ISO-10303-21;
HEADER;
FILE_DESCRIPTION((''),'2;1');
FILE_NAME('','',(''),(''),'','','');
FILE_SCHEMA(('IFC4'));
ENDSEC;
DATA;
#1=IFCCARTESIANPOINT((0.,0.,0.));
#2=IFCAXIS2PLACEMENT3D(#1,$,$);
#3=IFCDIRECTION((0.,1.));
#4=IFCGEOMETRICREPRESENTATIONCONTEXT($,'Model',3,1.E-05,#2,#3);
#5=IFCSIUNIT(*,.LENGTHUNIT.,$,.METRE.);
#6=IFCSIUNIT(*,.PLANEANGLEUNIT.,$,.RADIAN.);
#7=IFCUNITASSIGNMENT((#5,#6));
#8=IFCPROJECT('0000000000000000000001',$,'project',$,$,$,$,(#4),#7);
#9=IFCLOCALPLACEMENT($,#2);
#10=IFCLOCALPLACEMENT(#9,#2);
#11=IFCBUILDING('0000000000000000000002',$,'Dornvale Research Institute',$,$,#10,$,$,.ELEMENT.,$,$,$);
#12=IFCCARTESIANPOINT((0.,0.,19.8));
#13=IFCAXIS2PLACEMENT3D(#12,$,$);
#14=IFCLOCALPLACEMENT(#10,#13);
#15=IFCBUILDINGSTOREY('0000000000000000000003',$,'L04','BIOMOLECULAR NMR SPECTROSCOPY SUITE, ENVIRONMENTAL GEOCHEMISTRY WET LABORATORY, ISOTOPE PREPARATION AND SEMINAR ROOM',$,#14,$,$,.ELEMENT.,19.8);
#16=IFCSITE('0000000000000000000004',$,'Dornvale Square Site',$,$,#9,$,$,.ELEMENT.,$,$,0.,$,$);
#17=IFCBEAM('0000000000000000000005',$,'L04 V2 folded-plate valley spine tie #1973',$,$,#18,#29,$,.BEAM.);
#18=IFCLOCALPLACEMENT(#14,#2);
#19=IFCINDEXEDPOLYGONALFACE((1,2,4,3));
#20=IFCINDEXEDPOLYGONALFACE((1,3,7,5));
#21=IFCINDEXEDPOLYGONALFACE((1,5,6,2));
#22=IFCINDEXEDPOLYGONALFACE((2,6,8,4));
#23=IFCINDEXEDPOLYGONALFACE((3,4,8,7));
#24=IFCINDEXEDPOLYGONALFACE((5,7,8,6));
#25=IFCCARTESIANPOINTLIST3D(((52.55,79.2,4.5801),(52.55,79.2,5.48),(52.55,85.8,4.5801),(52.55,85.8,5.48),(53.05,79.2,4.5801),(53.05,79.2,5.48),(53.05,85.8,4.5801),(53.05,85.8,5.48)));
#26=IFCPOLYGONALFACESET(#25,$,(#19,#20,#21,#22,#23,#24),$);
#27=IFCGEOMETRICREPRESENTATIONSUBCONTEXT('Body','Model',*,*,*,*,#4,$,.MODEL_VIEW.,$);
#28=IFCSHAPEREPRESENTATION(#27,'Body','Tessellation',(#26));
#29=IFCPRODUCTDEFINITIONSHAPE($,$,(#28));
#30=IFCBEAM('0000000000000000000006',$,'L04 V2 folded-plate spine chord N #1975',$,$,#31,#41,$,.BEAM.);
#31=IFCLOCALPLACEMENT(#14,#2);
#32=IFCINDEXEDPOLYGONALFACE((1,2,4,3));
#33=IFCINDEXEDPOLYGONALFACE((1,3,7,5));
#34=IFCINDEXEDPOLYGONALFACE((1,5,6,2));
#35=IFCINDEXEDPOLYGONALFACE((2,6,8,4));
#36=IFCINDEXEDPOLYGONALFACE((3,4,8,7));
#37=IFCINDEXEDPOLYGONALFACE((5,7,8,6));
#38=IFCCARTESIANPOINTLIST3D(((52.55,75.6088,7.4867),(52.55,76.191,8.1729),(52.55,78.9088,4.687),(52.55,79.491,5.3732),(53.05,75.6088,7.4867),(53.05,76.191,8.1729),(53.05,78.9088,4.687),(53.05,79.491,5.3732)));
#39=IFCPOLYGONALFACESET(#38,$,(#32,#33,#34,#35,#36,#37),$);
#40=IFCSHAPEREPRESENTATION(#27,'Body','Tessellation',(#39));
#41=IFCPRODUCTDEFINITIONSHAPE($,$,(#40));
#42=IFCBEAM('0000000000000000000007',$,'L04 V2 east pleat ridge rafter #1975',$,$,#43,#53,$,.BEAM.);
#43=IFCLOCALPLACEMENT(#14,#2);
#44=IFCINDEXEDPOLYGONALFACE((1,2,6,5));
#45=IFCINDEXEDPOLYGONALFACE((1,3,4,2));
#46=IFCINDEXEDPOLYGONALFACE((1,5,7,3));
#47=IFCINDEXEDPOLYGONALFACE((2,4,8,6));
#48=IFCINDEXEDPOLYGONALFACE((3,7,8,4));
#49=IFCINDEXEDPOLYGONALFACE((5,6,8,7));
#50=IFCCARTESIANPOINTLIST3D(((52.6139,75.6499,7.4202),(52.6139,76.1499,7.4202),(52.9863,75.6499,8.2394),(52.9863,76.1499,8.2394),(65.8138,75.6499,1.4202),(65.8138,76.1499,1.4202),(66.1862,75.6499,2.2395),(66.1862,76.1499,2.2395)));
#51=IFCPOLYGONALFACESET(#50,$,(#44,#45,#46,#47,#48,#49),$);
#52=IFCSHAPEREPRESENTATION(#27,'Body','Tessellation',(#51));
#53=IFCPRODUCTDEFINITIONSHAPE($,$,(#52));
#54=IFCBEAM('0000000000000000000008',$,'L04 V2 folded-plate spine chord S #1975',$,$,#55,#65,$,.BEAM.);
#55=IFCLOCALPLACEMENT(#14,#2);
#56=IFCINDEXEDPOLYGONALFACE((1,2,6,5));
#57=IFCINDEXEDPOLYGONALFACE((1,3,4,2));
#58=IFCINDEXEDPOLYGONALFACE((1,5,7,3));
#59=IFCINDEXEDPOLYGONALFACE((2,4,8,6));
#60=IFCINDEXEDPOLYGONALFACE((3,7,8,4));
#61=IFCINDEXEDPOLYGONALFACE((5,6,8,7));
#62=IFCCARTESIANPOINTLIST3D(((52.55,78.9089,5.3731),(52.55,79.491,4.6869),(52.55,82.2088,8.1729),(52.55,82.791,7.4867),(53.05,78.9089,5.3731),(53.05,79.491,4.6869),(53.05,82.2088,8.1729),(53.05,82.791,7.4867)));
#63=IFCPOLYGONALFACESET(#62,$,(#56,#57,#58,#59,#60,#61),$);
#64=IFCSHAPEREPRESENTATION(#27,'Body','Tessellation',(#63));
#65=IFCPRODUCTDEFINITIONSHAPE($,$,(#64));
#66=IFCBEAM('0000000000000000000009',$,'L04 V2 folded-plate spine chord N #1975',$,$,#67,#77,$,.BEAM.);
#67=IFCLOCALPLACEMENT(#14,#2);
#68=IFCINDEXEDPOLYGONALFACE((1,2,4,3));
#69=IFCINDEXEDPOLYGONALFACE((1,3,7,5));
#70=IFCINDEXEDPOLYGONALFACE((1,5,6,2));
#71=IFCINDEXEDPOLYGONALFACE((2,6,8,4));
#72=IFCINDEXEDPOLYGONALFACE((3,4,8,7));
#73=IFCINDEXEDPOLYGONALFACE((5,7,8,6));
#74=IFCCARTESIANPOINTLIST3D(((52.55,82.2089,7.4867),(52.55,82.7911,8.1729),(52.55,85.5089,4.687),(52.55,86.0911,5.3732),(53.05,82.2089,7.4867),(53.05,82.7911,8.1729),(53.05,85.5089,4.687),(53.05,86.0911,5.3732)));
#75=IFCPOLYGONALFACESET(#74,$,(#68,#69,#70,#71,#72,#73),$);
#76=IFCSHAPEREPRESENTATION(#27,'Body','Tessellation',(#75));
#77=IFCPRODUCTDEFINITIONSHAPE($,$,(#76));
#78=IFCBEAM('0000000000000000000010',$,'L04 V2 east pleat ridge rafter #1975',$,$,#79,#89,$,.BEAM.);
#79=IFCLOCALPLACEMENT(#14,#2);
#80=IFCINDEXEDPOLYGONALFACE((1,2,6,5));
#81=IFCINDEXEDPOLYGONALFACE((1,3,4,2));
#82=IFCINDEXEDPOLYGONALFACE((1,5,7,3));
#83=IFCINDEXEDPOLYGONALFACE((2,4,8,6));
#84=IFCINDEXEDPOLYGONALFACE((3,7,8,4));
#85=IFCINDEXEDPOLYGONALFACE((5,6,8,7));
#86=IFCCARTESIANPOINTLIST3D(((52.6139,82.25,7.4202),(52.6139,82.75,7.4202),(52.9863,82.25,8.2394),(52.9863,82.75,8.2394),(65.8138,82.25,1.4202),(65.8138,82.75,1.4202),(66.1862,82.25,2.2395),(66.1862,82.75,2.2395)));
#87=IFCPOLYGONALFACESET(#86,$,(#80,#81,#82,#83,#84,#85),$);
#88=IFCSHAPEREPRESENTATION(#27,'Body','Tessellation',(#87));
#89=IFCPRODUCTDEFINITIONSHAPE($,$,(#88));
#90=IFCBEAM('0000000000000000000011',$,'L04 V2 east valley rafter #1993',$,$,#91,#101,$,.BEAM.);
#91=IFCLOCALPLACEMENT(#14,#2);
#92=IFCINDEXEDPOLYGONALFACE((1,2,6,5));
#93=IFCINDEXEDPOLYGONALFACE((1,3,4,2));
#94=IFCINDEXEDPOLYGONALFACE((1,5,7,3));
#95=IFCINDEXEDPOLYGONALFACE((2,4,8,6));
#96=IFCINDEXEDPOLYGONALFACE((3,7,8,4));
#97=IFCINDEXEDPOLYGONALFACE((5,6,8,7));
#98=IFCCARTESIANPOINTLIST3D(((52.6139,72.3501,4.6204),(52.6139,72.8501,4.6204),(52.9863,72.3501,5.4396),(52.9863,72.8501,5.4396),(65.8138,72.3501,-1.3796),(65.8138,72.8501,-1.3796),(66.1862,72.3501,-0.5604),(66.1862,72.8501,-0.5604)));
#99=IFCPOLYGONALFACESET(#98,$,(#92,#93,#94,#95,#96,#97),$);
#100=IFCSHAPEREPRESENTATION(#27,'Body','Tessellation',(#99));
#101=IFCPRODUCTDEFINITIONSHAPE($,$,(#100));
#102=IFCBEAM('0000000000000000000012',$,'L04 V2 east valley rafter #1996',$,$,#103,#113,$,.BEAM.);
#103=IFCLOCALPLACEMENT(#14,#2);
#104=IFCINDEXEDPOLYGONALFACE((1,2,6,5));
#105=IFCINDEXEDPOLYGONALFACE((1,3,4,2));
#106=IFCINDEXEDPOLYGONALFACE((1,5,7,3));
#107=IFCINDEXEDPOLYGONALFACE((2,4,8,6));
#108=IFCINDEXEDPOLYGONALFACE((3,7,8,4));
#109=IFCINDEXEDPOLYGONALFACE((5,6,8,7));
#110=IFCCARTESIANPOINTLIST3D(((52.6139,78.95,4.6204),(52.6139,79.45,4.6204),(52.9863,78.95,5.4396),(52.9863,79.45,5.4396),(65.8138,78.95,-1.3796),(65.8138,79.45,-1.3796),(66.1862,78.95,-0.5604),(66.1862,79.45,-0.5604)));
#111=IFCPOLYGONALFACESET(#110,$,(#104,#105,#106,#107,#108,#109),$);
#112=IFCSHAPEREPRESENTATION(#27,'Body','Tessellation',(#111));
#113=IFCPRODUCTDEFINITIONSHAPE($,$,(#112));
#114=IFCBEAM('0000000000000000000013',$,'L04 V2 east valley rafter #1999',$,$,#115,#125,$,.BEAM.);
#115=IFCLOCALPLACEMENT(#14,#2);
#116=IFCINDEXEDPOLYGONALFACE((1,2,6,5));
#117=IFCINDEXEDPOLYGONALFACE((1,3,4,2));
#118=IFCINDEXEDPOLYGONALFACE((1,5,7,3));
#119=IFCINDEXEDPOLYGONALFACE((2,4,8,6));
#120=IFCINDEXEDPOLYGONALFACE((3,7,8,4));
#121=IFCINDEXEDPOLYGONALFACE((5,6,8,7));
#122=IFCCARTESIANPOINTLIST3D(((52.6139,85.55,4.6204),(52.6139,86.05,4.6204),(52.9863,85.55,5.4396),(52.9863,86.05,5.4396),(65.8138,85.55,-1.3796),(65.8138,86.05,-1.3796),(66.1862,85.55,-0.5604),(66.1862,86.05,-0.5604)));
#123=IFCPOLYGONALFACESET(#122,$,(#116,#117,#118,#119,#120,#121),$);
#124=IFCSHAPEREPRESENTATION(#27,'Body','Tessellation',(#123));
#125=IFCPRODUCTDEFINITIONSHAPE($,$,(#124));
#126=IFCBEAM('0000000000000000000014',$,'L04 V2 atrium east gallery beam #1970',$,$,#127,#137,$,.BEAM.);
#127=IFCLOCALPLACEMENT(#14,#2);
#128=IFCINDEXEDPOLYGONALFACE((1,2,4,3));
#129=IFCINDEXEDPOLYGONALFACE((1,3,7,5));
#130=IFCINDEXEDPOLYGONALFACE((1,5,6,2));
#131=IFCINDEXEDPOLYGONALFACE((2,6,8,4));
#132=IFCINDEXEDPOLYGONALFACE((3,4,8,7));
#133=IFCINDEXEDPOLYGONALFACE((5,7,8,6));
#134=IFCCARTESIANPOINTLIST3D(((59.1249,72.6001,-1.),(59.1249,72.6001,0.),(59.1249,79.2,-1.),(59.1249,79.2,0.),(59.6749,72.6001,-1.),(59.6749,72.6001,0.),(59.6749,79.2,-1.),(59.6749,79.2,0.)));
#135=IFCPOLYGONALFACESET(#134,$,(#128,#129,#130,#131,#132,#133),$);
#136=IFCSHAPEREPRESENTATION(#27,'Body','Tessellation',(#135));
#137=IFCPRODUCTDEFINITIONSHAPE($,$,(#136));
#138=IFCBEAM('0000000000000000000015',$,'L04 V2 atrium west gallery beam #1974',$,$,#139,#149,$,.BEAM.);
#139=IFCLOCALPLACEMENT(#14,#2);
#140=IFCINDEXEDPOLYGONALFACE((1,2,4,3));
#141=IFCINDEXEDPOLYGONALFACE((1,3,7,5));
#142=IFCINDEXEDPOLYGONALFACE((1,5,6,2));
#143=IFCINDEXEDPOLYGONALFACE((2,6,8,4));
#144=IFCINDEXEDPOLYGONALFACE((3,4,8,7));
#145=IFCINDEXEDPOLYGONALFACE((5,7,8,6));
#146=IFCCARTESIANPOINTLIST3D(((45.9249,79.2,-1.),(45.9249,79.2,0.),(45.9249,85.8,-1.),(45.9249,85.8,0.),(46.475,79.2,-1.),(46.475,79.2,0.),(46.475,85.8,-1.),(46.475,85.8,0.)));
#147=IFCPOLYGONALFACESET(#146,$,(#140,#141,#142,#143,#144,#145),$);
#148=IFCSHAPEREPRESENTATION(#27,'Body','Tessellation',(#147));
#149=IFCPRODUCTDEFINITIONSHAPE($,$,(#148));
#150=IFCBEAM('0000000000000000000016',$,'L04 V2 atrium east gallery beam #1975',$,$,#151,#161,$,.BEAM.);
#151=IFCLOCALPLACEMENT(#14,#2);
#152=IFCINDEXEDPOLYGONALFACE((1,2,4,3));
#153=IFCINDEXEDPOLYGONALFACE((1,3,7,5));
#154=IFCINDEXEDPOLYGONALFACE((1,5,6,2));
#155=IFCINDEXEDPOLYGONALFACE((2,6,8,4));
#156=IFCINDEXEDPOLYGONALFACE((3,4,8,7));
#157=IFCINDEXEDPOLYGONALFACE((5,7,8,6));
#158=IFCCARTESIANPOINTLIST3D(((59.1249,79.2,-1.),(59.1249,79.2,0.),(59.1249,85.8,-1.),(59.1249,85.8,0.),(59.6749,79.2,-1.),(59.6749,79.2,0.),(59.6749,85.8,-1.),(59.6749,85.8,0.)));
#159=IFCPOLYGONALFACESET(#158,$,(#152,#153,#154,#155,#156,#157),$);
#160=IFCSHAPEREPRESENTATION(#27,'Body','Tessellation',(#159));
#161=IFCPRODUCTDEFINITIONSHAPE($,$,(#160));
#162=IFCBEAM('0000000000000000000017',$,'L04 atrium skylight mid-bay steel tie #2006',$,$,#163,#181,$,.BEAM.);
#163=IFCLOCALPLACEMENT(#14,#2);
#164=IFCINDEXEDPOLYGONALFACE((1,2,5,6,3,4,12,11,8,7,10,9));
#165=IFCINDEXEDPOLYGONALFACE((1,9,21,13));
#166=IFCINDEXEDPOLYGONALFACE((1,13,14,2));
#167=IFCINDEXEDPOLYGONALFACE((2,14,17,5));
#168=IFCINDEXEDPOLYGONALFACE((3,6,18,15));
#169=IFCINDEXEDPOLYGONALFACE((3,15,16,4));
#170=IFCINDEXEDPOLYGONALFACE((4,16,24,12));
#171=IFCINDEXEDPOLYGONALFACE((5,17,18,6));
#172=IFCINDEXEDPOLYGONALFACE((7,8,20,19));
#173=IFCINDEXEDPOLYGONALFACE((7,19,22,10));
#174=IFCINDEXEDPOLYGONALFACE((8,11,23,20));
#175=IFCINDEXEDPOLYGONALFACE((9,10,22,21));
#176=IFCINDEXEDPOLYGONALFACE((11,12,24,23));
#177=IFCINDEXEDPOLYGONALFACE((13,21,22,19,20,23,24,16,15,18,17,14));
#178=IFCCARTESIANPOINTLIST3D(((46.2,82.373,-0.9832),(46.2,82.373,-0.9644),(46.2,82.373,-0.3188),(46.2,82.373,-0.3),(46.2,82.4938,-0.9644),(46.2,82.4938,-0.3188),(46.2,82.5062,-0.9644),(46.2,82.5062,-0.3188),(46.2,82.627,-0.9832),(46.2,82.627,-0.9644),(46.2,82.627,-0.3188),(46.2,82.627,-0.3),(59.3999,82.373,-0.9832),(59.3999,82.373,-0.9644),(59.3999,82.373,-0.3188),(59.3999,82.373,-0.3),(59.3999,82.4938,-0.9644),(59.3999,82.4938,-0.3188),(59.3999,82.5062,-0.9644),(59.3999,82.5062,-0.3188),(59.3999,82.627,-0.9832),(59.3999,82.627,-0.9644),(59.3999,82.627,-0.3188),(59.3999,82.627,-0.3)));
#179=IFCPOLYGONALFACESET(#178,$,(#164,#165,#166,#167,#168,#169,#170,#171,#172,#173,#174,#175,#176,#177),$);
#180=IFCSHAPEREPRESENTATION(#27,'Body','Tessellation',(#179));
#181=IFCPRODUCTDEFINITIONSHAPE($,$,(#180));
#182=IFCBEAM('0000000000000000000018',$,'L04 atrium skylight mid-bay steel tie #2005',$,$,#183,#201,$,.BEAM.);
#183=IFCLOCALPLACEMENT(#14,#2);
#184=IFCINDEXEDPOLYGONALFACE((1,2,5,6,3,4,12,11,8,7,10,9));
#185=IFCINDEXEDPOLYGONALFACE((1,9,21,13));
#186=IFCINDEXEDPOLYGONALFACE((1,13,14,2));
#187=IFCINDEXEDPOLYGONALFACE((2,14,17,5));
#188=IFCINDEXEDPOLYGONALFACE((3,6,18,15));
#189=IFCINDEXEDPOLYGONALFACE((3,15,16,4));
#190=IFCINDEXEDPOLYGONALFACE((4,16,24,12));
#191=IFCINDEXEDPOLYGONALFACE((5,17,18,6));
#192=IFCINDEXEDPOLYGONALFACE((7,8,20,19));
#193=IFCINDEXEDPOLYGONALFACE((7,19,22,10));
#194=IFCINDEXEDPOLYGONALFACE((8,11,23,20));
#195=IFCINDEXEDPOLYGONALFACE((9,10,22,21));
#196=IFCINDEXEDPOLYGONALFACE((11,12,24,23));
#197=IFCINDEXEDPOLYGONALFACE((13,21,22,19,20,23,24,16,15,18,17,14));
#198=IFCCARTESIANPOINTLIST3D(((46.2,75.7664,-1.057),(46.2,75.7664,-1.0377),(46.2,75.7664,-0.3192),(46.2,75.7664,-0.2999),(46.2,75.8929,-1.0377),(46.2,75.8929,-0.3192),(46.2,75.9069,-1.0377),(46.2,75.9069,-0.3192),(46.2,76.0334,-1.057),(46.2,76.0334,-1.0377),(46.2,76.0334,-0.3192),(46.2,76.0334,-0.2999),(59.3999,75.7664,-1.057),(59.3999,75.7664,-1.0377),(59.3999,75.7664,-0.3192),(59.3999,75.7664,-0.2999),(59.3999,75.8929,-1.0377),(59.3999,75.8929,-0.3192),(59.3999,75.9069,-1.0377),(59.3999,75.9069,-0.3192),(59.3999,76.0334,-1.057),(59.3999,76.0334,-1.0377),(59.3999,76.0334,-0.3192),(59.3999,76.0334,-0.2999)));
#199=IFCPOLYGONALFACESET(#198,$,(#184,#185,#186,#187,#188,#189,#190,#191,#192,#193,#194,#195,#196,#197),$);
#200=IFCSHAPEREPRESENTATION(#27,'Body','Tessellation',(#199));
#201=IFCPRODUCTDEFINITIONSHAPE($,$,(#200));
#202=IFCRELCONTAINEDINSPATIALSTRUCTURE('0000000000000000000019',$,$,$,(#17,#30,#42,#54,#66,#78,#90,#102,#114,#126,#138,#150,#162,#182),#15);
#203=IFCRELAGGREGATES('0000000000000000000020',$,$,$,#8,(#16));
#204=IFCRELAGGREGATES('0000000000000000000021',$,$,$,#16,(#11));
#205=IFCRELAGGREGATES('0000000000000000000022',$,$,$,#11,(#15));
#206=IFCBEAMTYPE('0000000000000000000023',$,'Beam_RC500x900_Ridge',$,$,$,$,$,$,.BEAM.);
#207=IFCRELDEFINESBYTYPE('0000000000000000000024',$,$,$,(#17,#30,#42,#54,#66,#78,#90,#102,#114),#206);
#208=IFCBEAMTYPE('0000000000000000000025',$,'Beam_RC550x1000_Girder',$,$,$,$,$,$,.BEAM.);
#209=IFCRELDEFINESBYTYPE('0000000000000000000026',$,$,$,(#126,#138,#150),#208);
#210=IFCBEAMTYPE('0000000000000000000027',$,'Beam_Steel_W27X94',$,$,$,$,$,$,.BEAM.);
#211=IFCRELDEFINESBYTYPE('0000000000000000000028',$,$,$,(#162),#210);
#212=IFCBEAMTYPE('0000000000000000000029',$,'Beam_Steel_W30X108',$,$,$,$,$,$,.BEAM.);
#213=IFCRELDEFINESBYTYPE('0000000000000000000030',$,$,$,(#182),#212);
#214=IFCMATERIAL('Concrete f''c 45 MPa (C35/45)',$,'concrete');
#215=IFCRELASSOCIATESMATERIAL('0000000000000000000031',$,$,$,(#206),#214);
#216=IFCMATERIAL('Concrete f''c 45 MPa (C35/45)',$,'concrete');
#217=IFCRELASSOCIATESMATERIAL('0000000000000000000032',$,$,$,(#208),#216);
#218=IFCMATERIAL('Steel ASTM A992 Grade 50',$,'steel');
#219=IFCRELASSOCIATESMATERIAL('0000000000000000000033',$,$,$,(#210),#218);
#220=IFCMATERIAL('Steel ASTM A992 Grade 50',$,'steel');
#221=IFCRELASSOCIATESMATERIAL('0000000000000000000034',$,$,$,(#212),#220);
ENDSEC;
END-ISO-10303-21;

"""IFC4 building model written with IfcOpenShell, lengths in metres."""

from ifc_helpers import new_model, si_unit, direction, frame, origin, origin_2d, place, context, subcontext, project, spatial, rectangle, i_section, extrude, material, material_profile, profile_set, type_object, element, save


model = new_model("IFC4")

# Units and contexts
model_context = context("Model", 3, precision=1e-05, world=origin(), true_north=direction((0.0, 1.0)))
body_context = subcontext(model_context, "Body", "Model", "MODEL_VIEW")
ifc_project = project(units=[si_unit("LENGTHUNIT", "METRE"), si_unit("PLANEANGLEUNIT", "RADIAN")], contexts=[model_context])

# Site, building, storey
site_placement = place(None, origin())
site = spatial("IfcSite", under=ifc_project, at=site_placement, Name="Dornvale Square Site", CompositionType="ELEMENT", RefElevation=0.0)
building_placement = place(site_placement, origin())
building = spatial("IfcBuilding", under=site, at=building_placement, Name="Dornvale Research Institute", CompositionType="ELEMENT")
storey_placement = place(building_placement, frame((0.0, 0.0, 19.8)))
storey = spatial("IfcBuildingStorey", under=building, at=storey_placement, Name="L04", Description="BIOMOLECULAR NMR SPECTROSCOPY SUITE, ENVIRONMENTAL GEOCHEMISTRY WET LABORATORY, ISOTOPE PREPARATION AND SEMINAR ROOM", CompositionType="ELEMENT", Elevation=19.8)

# Beams
ifc_material_1 = material(Name="Concrete f'c 45 MPa (C35/45)", Category="concrete")
ifc_material_profile_1 = material_profile(ifc_material_1, rectangle(XDim=0.5, YDim=0.8999, at=origin_2d()), Name="RC 500x900")
ifc_profile_set_1 = profile_set([ifc_material_profile_1], Name="Concrete f'c 45 MPa (C35/45)")
beam_type_1 = type_object("IfcBeamType", Name="Beam_RC500x900_Ridge", PredefinedType="BEAM", material=ifc_profile_set_1)
beam_1_placement = place(storey_placement, frame((52.8, 79.2, 5.03), z_axis=(0.0, 1.0, 0.0), x_axis=(-1.0, 0.0, 0.0)))
element("IfcBeam", 1, at=beam_1_placement, inside=storey, type_object=beam_type_1, Name="L04 V2 folded-plate valley spine tie #1973", PredefinedType="BEAM", context=body_context, shape_type="SweptSolid", body=[
    extrude(rectangle(XDim=0.5, YDim=0.8999, at=origin_2d()), origin(), (0.0, 0.0, 1.0), 6.6001),
])
beam_2_placement = place(storey_placement, frame((52.8, 75.8999, 7.8298), z_axis=(0.0, 0.762536, -0.646946), x_axis=(-1.0, 0.0, 0.0)))
element("IfcBeam", 2, at=beam_2_placement, inside=storey, type_object=beam_type_1, Name="L04 V2 folded-plate spine chord N #1975", PredefinedType="BEAM", context=body_context, shape_type="SweptSolid", body=[
    extrude(rectangle(XDim=0.5, YDim=0.8999, at=origin_2d()), origin(), (0.0, 0.0, 1.0), 4.3276),
])
beam_3_placement = place(storey_placement, frame((66.0, 75.8999, 1.8298), z_axis=(-0.910366, 0.0, 0.413804), x_axis=(0.0, -1.0, 0.0)))
element("IfcBeam", 3, at=beam_3_placement, inside=storey, type_object=beam_type_1, Name="L04 V2 east pleat ridge rafter #1975", PredefinedType="BEAM", context=body_context, shape_type="SweptSolid", body=[
    extrude(rectangle(XDim=0.5, YDim=0.8999, at=origin_2d()), origin(), (0.0, 0.0, 1.0), 14.4995),
])
for number, where, z_axis, x_axis, name in (
    (4, (52.8, 79.2, 5.03), (0.0, 0.762536, 0.646946), (-1.0, 0.0, 0.0), "L04 V2 folded-plate spine chord S #1975"),
    (5, (52.8, 82.5, 7.8298), (0.0, 0.762536, -0.646946), (-1.0, 0.0, 0.0), "L04 V2 folded-plate spine chord N #1975"),
):
    element("IfcBeam", number, at=place(storey_placement, frame(where, z_axis=z_axis, x_axis=x_axis)), inside=storey, type_object=beam_type_1, Name=name, PredefinedType="BEAM", context=body_context, shape_type="SweptSolid", body=[
        extrude(rectangle(XDim=0.5, YDim=0.8999, at=origin_2d()), origin(), (0.0, 0.0, 1.0), 4.3276),
    ])
for number, where, z_axis, x_axis, name in (
    (6, (66.0, 82.5, 1.8298), (-0.910366, 0.0, 0.413804), (0.0, -1.0, 0.0), "L04 V2 east pleat ridge rafter #1975"),
    (7, (66.0, 72.6001, -0.97), (-0.910366, 0.0, 0.413804), (0.0, -1.0, 0.0), "L04 V2 east valley rafter #1993"),
    (8, (66.0, 79.2, -0.97), (-0.910366, 0.0, 0.413804), (0.0, -1.0, 0.0), "L04 V2 east valley rafter #1996"),
    (9, (66.0, 85.8, -0.97), (-0.910366, 0.0, 0.413804), (0.0, -1.0, 0.0), "L04 V2 east valley rafter #1999"),
):
    element("IfcBeam", number, at=place(storey_placement, frame(where, z_axis=z_axis, x_axis=x_axis)), inside=storey, type_object=beam_type_1, Name=name, PredefinedType="BEAM", context=body_context, shape_type="SweptSolid", body=[
        extrude(rectangle(XDim=0.5, YDim=0.8999, at=origin_2d()), origin(), (0.0, 0.0, 1.0), 14.4995),
    ])
ifc_material_2 = material(Name="Concrete f'c 45 MPa (C35/45)", Category="concrete")
ifc_material_profile_2 = material_profile(ifc_material_2, rectangle(XDim=0.55, YDim=1.0, at=origin_2d()), Name="RC 550x1000")
ifc_profile_set_2 = profile_set([ifc_material_profile_2], Name="Concrete f'c 45 MPa (C35/45)")
beam_type_2 = type_object("IfcBeamType", Name="Beam_RC550x1000_Girder", PredefinedType="BEAM", material=ifc_profile_set_2)
beam_4_placement = place(storey_placement, frame((59.3999, 72.6001, -0.5), z_axis=(0.0, 1.0, 0.0), x_axis=(-1.0, 0.0, 0.0)))
element("IfcBeam", 10, at=beam_4_placement, inside=storey, type_object=beam_type_2, Name="L04 V2 atrium east gallery beam #1970", PredefinedType="BEAM", context=body_context, shape_type="SweptSolid", body=[
    extrude(rectangle(XDim=0.55, YDim=1.0, at=origin_2d()), origin(), (0.0, 0.0, 1.0), 6.5999),
])
for number, where, z_axis, x_axis, name in (
    (11, (46.2, 79.2, -0.5), (0.0, 1.0, 0.0), (-1.0, 0.0, 0.0), "L04 V2 atrium west gallery beam #1974"),
    (12, (59.3999, 79.2, -0.5), (0.0, 1.0, 0.0), (-1.0, 0.0, 0.0), "L04 V2 atrium east gallery beam #1975"),
):
    element("IfcBeam", number, at=place(storey_placement, frame(where, z_axis=z_axis, x_axis=x_axis)), inside=storey, type_object=beam_type_2, Name=name, PredefinedType="BEAM", context=body_context, shape_type="SweptSolid", body=[
        extrude(rectangle(XDim=0.55, YDim=1.0, at=origin_2d()), origin(), (0.0, 0.0, 1.0), 6.6001),
    ])
ifc_material_3 = material(Name="Steel ASTM A992 Grade 50", Category="steel")
ifc_material_profile_3 = material_profile(ifc_material_3, i_section(OverallWidth=0.2539, OverallDepth=0.6831, WebThickness=0.0125, FlangeThickness=0.0188, at=origin_2d()), Name="W27X94")
ifc_profile_set_3 = profile_set([ifc_material_profile_3], Name="Steel ASTM A992 Grade 50")
beam_type_3 = type_object("IfcBeamType", Name="Beam_Steel_W27X94", PredefinedType="BEAM", material=ifc_profile_set_3)
beam_5_placement = place(storey_placement, frame((46.2, 82.5, -0.6416), z_axis=(1.0, 0.0, 0.0), x_axis=(0.0, 1.0, 0.0)))
element("IfcBeam", 13, at=beam_5_placement, inside=storey, type_object=beam_type_3, Name="L04 atrium skylight mid-bay steel tie #2006", PredefinedType="BEAM", context=body_context, shape_type="SweptSolid", body=[
    extrude(i_section(OverallWidth=0.2539, OverallDepth=0.6831, WebThickness=0.0125, FlangeThickness=0.0188, at=origin_2d()), origin(), (0.0, 0.0, 1.0), 13.2),
])
ifc_material_4 = material(Name="Steel ASTM A992 Grade 50", Category="steel")
ifc_material_profile_4 = material_profile(ifc_material_4, i_section(OverallWidth=0.2671, OverallDepth=0.7571, WebThickness=0.0139, FlangeThickness=0.0193, at=origin_2d()), Name="W30X108")
ifc_profile_set_4 = profile_set([ifc_material_profile_4], Name="Steel ASTM A992 Grade 50")
beam_type_4 = type_object("IfcBeamType", Name="Beam_Steel_W30X108", PredefinedType="BEAM", material=ifc_profile_set_4)
beam_6_placement = place(storey_placement, frame((46.2, 75.8999, -0.6785), z_axis=(1.0, 0.0, 0.0), x_axis=(0.0, 1.0, 0.0)))
element("IfcBeam", 14, at=beam_6_placement, inside=storey, type_object=beam_type_4, Name="L04 atrium skylight mid-bay steel tie #2005", PredefinedType="BEAM", context=body_context, shape_type="SweptSolid", body=[
    extrude(i_section(OverallWidth=0.2671, OverallDepth=0.7571, WebThickness=0.0139, FlangeThickness=0.0193, at=origin_2d()), origin(), (0.0, 0.0, 1.0), 13.2),
])

save(model, "model.ifc")
